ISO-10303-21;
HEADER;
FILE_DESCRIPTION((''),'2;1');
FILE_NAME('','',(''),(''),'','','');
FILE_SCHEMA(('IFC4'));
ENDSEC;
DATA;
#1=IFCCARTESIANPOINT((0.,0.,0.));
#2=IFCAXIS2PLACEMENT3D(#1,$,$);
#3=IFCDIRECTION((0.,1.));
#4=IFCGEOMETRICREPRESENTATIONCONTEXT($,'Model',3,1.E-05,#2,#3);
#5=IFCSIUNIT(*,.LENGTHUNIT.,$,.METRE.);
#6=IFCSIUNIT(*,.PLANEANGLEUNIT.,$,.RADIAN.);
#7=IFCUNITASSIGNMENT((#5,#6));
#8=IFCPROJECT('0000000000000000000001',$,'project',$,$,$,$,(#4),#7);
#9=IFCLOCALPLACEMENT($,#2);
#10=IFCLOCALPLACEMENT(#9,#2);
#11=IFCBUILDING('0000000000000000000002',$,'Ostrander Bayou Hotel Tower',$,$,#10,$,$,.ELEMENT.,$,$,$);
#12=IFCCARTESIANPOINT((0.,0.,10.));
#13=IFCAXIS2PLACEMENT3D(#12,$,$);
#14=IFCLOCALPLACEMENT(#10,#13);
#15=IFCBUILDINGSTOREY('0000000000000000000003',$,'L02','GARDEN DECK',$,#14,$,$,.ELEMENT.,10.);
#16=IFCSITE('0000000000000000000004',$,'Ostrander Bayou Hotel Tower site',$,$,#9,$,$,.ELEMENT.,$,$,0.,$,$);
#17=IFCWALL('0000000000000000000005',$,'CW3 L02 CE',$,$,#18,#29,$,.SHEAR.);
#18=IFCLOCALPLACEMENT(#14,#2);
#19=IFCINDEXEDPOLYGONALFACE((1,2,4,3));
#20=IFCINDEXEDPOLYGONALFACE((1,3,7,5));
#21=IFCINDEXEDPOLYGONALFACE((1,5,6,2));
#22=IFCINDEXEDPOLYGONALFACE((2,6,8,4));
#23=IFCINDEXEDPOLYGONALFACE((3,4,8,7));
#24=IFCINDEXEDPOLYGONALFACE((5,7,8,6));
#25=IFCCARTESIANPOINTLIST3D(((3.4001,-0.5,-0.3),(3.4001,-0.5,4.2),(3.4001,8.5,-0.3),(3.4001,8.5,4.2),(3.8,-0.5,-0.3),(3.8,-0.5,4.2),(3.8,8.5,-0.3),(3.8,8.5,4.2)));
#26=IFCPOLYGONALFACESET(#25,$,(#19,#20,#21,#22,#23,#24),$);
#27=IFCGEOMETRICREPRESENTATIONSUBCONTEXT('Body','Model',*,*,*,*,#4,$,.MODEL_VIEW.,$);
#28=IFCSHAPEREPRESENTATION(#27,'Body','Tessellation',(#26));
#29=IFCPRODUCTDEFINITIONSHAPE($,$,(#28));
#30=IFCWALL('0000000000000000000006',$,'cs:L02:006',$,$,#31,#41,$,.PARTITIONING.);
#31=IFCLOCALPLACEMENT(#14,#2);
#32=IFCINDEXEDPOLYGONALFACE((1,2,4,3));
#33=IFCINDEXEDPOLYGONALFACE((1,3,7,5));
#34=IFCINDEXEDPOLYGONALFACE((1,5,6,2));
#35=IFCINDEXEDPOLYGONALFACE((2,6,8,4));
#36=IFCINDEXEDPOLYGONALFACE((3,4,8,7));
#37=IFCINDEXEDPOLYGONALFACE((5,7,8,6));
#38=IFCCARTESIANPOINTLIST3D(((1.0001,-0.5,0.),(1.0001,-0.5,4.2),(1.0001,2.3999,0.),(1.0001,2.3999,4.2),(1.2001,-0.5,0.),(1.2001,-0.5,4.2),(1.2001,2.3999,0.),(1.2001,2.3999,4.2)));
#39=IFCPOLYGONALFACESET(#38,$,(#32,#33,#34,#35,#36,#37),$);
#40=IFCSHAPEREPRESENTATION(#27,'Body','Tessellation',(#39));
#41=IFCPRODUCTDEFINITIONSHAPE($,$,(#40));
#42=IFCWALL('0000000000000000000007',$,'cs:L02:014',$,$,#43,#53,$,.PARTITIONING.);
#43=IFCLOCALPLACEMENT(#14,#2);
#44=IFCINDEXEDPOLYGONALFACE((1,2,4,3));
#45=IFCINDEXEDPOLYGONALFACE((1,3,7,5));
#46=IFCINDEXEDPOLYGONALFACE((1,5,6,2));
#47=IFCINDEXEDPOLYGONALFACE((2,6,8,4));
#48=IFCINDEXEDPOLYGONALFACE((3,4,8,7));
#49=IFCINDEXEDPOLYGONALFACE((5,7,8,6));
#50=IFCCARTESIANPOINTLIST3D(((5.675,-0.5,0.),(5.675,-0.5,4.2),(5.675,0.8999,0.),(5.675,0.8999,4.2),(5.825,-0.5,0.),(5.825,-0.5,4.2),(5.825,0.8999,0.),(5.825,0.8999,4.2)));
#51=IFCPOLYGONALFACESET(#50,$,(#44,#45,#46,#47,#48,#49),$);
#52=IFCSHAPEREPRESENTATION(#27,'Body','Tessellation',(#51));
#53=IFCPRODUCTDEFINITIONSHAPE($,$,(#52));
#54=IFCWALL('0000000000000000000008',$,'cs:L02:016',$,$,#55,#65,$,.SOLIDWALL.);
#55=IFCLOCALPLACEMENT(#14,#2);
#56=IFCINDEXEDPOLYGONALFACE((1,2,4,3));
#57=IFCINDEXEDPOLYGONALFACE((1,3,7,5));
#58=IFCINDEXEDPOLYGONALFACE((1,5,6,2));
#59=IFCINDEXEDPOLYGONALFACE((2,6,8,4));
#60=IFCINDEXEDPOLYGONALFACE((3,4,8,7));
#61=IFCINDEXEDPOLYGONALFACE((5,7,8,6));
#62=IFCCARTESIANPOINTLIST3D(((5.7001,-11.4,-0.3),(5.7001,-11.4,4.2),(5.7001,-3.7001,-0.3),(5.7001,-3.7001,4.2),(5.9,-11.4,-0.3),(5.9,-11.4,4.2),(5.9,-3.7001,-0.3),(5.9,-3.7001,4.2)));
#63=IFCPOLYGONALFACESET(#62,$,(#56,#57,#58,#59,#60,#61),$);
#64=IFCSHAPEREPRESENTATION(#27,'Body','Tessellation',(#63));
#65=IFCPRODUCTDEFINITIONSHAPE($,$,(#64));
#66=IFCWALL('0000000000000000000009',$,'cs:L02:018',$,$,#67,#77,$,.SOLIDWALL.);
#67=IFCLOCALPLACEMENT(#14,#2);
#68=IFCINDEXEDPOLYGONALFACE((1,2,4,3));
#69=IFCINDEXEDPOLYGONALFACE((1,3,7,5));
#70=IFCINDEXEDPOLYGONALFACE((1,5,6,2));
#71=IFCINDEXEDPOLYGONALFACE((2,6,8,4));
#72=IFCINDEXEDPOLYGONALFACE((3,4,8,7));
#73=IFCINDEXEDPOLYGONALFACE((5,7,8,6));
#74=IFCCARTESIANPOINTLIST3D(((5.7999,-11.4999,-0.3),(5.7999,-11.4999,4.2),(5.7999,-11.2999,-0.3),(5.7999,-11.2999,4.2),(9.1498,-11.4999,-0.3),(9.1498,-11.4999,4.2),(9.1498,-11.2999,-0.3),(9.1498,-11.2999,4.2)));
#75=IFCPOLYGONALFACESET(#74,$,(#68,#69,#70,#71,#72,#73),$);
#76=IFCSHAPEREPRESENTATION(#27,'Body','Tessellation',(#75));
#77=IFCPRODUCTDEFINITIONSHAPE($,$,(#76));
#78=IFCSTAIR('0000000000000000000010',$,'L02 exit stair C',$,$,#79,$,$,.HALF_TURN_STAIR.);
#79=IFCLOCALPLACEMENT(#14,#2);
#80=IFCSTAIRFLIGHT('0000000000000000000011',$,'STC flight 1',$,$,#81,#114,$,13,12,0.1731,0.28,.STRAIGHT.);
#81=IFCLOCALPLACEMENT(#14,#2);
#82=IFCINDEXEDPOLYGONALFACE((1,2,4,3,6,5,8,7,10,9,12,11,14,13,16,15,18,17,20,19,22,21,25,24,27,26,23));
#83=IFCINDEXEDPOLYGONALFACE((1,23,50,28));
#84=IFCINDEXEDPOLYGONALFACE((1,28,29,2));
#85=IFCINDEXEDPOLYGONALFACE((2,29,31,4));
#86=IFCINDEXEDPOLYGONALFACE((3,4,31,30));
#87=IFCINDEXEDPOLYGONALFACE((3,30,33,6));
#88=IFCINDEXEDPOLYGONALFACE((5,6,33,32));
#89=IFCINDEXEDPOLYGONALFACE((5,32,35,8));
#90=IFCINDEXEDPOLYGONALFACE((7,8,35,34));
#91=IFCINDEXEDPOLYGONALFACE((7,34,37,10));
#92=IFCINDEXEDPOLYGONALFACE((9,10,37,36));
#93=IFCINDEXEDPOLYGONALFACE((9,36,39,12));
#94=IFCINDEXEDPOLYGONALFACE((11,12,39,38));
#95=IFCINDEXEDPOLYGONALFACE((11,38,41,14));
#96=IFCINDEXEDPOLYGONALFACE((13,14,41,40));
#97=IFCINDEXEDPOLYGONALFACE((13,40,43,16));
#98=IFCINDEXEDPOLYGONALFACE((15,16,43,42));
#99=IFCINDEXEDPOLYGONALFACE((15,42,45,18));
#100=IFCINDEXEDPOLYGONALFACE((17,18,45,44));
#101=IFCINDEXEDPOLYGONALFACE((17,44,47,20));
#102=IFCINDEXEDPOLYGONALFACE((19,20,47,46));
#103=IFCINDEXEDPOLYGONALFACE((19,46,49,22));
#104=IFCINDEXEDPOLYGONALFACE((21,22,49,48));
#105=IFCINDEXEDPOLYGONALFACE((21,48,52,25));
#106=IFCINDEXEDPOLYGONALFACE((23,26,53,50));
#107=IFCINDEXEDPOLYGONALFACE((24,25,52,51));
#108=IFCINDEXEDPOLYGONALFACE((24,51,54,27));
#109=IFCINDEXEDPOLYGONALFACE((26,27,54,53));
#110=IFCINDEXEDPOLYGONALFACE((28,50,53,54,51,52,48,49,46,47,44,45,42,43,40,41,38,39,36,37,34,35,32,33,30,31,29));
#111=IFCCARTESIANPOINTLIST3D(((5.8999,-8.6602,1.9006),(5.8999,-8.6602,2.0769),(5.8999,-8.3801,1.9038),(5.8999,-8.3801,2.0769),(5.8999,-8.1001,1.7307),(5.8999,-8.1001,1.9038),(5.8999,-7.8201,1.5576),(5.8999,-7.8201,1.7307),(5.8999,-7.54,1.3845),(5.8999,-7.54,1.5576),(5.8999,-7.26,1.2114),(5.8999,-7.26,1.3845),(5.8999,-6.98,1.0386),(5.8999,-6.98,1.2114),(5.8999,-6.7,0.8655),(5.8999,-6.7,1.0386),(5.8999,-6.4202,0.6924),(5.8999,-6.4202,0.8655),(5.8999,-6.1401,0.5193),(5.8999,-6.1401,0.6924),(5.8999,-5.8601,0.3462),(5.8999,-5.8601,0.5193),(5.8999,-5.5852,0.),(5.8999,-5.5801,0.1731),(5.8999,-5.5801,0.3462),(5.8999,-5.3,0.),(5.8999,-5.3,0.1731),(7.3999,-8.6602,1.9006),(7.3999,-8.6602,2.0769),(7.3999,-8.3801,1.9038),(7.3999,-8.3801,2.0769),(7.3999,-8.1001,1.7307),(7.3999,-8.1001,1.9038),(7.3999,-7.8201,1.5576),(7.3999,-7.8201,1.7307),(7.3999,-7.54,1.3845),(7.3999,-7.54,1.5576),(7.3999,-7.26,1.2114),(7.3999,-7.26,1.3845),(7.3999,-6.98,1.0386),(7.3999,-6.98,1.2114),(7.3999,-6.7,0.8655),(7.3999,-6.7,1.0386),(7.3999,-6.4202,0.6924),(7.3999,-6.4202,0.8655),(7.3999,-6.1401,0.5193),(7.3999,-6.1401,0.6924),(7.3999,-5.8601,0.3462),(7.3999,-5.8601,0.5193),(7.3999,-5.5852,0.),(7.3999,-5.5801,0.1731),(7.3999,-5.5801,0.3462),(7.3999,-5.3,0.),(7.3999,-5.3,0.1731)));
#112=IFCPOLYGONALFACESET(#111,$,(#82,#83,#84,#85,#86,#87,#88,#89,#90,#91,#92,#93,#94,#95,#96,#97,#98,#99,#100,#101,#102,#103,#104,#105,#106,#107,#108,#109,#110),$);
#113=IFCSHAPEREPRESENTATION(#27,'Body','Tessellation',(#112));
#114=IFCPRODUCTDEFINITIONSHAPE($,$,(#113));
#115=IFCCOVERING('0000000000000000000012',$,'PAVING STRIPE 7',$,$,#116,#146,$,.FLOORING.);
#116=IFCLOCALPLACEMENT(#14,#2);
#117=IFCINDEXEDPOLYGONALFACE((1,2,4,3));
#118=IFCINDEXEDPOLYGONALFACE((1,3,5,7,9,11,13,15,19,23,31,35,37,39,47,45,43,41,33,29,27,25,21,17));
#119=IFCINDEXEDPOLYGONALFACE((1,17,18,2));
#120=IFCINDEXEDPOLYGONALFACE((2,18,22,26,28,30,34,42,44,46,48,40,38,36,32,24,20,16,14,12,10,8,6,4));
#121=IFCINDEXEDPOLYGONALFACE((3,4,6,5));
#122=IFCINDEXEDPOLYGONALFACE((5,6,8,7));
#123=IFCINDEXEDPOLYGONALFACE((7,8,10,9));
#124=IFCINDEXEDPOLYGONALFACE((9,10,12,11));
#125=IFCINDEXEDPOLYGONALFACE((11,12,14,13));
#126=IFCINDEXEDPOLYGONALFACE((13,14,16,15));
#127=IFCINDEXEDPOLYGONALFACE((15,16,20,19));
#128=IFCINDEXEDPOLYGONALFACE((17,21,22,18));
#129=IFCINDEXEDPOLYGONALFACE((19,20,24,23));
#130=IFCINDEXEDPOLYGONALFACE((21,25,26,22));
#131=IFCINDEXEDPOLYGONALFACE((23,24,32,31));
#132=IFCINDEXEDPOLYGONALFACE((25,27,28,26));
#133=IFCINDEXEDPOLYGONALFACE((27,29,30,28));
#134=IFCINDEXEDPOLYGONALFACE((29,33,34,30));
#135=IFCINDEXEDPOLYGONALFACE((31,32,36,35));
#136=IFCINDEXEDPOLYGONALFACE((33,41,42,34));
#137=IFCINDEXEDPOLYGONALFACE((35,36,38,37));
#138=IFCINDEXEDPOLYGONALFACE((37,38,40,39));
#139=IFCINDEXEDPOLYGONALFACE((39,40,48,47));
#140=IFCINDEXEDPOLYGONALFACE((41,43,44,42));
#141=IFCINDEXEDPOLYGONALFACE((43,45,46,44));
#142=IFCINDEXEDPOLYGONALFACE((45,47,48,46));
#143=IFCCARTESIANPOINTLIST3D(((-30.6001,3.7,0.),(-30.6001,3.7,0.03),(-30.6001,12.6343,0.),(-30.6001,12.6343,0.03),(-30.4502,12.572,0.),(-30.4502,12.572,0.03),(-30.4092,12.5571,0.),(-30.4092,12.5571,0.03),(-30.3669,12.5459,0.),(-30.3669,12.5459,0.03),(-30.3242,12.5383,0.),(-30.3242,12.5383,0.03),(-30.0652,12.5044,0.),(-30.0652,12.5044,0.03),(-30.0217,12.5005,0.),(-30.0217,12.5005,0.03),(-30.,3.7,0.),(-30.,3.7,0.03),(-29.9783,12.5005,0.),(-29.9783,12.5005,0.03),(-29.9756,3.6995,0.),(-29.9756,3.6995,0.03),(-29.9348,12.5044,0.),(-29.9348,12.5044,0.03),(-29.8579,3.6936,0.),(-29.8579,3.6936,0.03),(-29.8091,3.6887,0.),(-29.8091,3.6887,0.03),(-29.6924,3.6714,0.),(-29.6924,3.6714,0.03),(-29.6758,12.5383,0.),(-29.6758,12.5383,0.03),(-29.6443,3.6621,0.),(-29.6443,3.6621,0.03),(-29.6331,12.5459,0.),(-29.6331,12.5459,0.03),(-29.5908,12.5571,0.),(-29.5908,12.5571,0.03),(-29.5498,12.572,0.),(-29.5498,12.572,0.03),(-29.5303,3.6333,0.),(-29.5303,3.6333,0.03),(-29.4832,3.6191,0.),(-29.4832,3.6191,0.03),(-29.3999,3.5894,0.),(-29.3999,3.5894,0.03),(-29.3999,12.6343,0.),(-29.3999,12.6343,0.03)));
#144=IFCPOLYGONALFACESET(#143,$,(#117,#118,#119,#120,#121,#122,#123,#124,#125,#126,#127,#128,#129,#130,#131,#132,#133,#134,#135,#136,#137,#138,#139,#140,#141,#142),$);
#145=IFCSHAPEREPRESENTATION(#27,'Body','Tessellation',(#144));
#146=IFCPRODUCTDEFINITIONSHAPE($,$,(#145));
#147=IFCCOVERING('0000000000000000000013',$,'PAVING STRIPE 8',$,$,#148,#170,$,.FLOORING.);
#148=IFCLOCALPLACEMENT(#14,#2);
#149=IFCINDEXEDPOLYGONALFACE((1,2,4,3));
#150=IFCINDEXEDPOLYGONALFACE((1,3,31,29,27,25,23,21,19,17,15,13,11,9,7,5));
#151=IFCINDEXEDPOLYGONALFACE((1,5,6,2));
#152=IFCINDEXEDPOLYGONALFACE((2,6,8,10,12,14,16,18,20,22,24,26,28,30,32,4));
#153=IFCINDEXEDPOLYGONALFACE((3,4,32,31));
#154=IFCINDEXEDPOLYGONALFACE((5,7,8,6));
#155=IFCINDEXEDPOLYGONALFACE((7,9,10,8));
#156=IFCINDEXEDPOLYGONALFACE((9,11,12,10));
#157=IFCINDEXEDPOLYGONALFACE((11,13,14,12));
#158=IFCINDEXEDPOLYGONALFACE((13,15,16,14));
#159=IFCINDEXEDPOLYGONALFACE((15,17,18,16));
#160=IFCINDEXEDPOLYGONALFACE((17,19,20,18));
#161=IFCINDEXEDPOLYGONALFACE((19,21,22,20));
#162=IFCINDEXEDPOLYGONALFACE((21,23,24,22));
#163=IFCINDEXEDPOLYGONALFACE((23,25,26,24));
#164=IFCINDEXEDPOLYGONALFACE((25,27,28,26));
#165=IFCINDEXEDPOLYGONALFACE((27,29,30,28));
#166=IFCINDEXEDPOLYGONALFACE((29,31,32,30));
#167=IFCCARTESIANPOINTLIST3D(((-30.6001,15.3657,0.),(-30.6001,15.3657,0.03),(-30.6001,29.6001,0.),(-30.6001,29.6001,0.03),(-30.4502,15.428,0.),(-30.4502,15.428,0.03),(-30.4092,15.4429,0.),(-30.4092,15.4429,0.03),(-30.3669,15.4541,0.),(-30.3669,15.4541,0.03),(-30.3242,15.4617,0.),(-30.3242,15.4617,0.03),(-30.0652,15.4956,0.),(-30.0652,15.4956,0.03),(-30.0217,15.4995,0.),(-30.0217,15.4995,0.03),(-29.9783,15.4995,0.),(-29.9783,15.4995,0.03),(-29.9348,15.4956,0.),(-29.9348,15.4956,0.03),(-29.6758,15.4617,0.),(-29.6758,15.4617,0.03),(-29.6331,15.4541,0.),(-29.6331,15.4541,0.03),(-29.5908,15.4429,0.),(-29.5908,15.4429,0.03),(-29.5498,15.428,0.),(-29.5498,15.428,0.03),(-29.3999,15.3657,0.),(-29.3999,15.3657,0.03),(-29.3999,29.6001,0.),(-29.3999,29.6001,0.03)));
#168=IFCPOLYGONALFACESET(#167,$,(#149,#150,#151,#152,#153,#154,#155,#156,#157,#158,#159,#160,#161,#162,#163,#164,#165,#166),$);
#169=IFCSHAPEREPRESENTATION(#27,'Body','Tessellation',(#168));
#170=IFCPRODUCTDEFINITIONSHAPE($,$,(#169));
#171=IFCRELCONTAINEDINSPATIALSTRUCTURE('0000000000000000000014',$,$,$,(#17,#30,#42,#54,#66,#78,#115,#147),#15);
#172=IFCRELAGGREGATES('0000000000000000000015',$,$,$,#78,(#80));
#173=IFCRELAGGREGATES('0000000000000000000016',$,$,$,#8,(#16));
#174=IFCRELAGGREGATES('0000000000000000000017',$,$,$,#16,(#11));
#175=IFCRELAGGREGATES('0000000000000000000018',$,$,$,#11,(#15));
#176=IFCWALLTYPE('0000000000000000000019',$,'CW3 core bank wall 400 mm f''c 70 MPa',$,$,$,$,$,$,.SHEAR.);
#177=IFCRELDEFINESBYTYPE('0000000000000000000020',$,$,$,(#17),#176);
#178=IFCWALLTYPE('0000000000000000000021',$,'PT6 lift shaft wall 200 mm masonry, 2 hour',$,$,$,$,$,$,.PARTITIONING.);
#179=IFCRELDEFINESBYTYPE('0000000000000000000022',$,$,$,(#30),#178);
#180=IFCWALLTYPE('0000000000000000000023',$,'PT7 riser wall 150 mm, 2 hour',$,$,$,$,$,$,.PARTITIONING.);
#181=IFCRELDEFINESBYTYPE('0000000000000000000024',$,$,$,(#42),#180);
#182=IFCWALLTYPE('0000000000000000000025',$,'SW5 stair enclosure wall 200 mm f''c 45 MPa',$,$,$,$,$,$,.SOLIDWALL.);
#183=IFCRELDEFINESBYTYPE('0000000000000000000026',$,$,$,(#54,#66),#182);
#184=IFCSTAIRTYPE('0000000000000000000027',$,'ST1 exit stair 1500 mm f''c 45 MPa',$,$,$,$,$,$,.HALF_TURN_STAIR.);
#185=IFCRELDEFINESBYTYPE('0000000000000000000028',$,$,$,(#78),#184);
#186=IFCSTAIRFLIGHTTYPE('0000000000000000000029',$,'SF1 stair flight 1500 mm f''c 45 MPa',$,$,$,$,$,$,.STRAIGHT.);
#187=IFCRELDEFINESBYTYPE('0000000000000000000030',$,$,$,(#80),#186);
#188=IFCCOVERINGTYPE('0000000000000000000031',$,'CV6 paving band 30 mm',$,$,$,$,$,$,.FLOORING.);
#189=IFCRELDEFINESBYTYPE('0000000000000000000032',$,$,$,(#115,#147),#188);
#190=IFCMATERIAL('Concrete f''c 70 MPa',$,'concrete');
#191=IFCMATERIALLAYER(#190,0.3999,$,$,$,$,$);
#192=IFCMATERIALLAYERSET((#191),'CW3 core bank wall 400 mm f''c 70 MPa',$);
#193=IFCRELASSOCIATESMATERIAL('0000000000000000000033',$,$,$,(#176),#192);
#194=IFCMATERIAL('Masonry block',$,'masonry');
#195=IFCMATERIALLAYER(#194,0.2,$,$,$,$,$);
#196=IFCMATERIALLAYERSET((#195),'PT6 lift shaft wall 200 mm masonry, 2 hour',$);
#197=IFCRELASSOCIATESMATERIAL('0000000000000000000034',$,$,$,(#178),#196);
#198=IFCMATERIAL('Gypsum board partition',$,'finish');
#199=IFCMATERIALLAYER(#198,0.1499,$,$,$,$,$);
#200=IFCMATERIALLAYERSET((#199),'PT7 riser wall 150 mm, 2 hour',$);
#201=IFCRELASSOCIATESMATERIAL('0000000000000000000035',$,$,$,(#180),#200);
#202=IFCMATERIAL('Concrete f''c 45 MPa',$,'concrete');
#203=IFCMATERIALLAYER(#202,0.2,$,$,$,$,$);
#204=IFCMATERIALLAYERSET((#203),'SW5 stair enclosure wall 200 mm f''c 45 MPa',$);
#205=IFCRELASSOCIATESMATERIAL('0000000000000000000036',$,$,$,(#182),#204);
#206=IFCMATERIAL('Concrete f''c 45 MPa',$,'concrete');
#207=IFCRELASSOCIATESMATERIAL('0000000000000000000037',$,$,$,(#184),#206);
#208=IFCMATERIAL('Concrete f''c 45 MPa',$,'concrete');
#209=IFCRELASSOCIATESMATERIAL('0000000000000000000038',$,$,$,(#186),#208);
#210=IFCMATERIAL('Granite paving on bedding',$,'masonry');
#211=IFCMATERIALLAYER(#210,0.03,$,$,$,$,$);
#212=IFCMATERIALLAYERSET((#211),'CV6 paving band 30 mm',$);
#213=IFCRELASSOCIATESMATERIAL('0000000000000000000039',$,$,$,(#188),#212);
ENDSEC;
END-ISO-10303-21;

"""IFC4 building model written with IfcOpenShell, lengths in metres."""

from ifc_helpers import new_model, si_unit, direction, frame, frame_2d, origin, place, context, subcontext, project, spatial, polyline, rectangle, outline, extrude, material, layer, layer_set, type_object, element, aggregate, save


model = new_model("IFC4")

# Units and contexts
model_context = context("Model", 3, precision=1e-05, world=origin(), true_north=direction((0.0, 1.0)))
body_context = subcontext(model_context, "Body", "Model", "MODEL_VIEW")
ifc_project = project(units=[si_unit("LENGTHUNIT", "METRE"), si_unit("PLANEANGLEUNIT", "RADIAN")], contexts=[model_context])

# Site, building, storey
site_placement = place(None, origin())
site = spatial("IfcSite", under=ifc_project, at=site_placement, Name="Ostrander Bayou Hotel Tower site", CompositionType="ELEMENT", RefElevation=0.0)
building_placement = place(site_placement, origin())
building = spatial("IfcBuilding", under=site, at=building_placement, Name="Ostrander Bayou Hotel Tower", CompositionType="ELEMENT")
storey_placement = place(building_placement, frame((0.0, 0.0, 10.0)))
storey = spatial("IfcBuildingStorey", under=building, at=storey_placement, Name="L02", Description="GARDEN DECK", CompositionType="ELEMENT", Elevation=10.0)

# Walls
ifc_material_1 = material(Name="Concrete f'c 70 MPa", Category="concrete")
ifc_layer_1 = layer(ifc_material_1, 0.3999)
ifc_layer_set_1 = layer_set([ifc_layer_1], Name="CW3 core bank wall 400 mm f'c 70 MPa")
wall_type_1 = type_object("IfcWallType", Name="CW3 core bank wall 400 mm f'c 70 MPa", PredefinedType="SHEAR", material=ifc_layer_set_1)
wall_1_placement = place(storey_placement, frame((3.6001, -0.5, -0.3), z_axis=(0.0, 0.0, 1.0), x_axis=(0.0, 1.0, 0.0)))
element("IfcWall", 1, at=wall_1_placement, inside=storey, type_object=wall_type_1, Name="CW3 L02 CE", PredefinedType="SHEAR", context=body_context, shape_type="SweptSolid", body=[
    extrude(rectangle(XDim=9.0, YDim=0.3999, at=frame_2d((4.5, 0.0))), origin(), (0.0, 0.0, 1.0), 4.5),
])
ifc_material_2 = material(Name="Masonry block", Category="masonry")
ifc_layer_2 = layer(ifc_material_2, 0.2)
ifc_layer_set_2 = layer_set([ifc_layer_2], Name="PT6 lift shaft wall 200 mm masonry, 2 hour")
wall_type_2 = type_object("IfcWallType", Name="PT6 lift shaft wall 200 mm masonry, 2 hour", PredefinedType="PARTITIONING", material=ifc_layer_set_2)
wall_2_placement = place(storey_placement, frame((1.1001, -0.5, 0.0), z_axis=(0.0, 0.0, 1.0), x_axis=(0.0, 1.0, 0.0)))
element("IfcWall", 2, at=wall_2_placement, inside=storey, type_object=wall_type_2, Name="cs:L02:006", PredefinedType="PARTITIONING", context=body_context, shape_type="SweptSolid", body=[
    extrude(rectangle(XDim=2.8999, YDim=0.2, at=frame_2d((1.45, 0.0))), origin(), (0.0, 0.0, 1.0), 4.2),
])
ifc_material_3 = material(Name="Gypsum board partition", Category="finish")
ifc_layer_3 = layer(ifc_material_3, 0.1499)
ifc_layer_set_3 = layer_set([ifc_layer_3], Name="PT7 riser wall 150 mm, 2 hour")
wall_type_3 = type_object("IfcWallType", Name="PT7 riser wall 150 mm, 2 hour", PredefinedType="PARTITIONING", material=ifc_layer_set_3)
wall_3_placement = place(storey_placement, frame((5.75, -0.5, 0.0), z_axis=(0.0, 0.0, 1.0), x_axis=(0.0, 1.0, 0.0)))
element("IfcWall", 3, at=wall_3_placement, inside=storey, type_object=wall_type_3, Name="cs:L02:014", PredefinedType="PARTITIONING", context=body_context, shape_type="SweptSolid", body=[
    extrude(rectangle(XDim=1.3999, YDim=0.1499, at=frame_2d((0.7, 0.0))), origin(), (0.0, 0.0, 1.0), 4.2),
])

# Shared definitions
ifc_material_4 = material(Name="Concrete f'c 45 MPa", Category="concrete")
ifc_layer_4 = layer(ifc_material_4, 0.2)
ifc_layer_set_4 = layer_set([ifc_layer_4], Name="SW5 stair enclosure wall 200 mm f'c 45 MPa")
wall_type_4 = type_object("IfcWallType", Name="SW5 stair enclosure wall 200 mm f'c 45 MPa", PredefinedType="SOLIDWALL", material=ifc_layer_set_4)

# Walls
wall_4_placement = place(storey_placement, frame((5.8, -3.7, -0.3), z_axis=(0.0, 0.0, 1.0), x_axis=(0.0, -1.0, 0.0)))
element("IfcWall", 4, at=wall_4_placement, inside=storey, type_object=wall_type_4, Name="cs:L02:016", PredefinedType="SOLIDWALL", context=body_context, shape_type="SweptSolid", body=[
    extrude(rectangle(XDim=7.7, YDim=0.2, at=frame_2d((3.8501, 0.0))), origin(), (0.0, 0.0, 1.0), 4.5),
])
wall_5_placement = place(storey_placement, frame((5.8, -11.3999, -0.3), z_axis=(0.0, 0.0, 1.0), x_axis=(1.0, 0.0, 0.0)))
element("IfcWall", 5, at=wall_5_placement, inside=storey, type_object=wall_type_4, Name="cs:L02:018", PredefinedType="SOLIDWALL", context=body_context, shape_type="SweptSolid", body=[
    extrude(rectangle(XDim=3.3499, YDim=0.2, at=frame_2d((1.6748, 0.0))), origin(), (0.0, 0.0, 1.0), 4.5),
])

# Stair, stair flight
ifc_material_5 = material(Name="Concrete f'c 45 MPa", Category="concrete")
stair_type = type_object("IfcStairType", Name="ST1 exit stair 1500 mm f'c 45 MPa", PredefinedType="HALF_TURN_STAIR", material=ifc_material_5)
stair_placement = place(storey_placement, origin())
stair = element("IfcStair", 6, at=stair_placement, inside=storey, type_object=stair_type, Name="L02 exit stair C", PredefinedType="HALF_TURN_STAIR")
ifc_material_6 = material(Name="Concrete f'c 45 MPa", Category="concrete")
stair_flight_type = type_object("IfcStairFlightType", Name="SF1 stair flight 1500 mm f'c 45 MPa", PredefinedType="STRAIGHT", material=ifc_material_6)
stair_flight_placement = place(storey_placement, frame((6.6499, -5.3, 0.0), z_axis=(0.0, 0.0, 1.0), x_axis=(0.0, -1.0, 0.0)))
stair_flight = element("IfcStairFlight", 7, at=stair_flight_placement, type_object=stair_flight_type, Name="STC flight 1", NumberOfRisers=13, NumberOfTreads=12, PredefinedType="STRAIGHT", RiserHeight=0.1731, TreadLength=0.28, context=body_context, shape_type="SweptSolid", body=[
    extrude(outline(polyline([(0.0, 0.0), (0.0, 0.1731), (0.28, 0.1731), (0.28, 0.3462), (0.5601, 0.3462), (0.5601, 0.5193), (0.8401, 0.5193), (0.8401, 0.6924), (1.1201, 0.6924), (1.1201, 0.8655), (1.3999, 0.8655), (1.3999, 1.0386), (1.6799, 1.0386), (1.6799, 1.2114), (1.96, 1.2114), (1.96, 1.3845), (2.24, 1.3845), (2.24, 1.5576), (2.52, 1.5576), (2.52, 1.7307), (2.8, 1.7307), (2.8, 1.9038), (3.0801, 1.9038), (3.0801, 2.0769), (3.3601, 2.0769), (3.3601, 2.25), (3.3601, 1.9006), (0.2852, 0.0), (0.0, 0.0)])), frame((0.0, 0.75, 0.0), z_axis=(0.0, -1.0, 0.0), x_axis=(1.0, 0.0, 0.0)), (0.0, 0.0, 1.0), 1.5),
])
aggregate(stair, [stair_flight])

# Coverings
ifc_material_7 = material(Name="Granite paving on bedding", Category="masonry")
ifc_layer_5 = layer(ifc_material_7, 0.03)
ifc_layer_set_5 = layer_set([ifc_layer_5], Name="CV6 paving band 30 mm")
covering_type = type_object("IfcCoveringType", Name="CV6 paving band 30 mm", PredefinedType="FLOORING", material=ifc_layer_set_5)
covering_1_placement = place(storey_placement, origin())
element("IfcCovering", 8, at=covering_1_placement, inside=storey, type_object=covering_type, Name="PAVING STRIPE 7", PredefinedType="FLOORING", context=body_context, shape_type="SweptSolid", body=[
    extrude(outline(polyline([(-30.6001, 12.6343), (-30.4502, 12.572), (-30.4092, 12.5571), (-30.3669, 12.5459), (-30.3242, 12.5383), (-30.0652, 12.5044), (-30.0217, 12.5005), (-29.9783, 12.5005), (-29.9348, 12.5044), (-29.6758, 12.5383), (-29.6331, 12.5459), (-29.5908, 12.5571), (-29.5498, 12.572), (-29.3999, 12.6343), (-29.3999, 3.5894), (-29.4832, 3.6191), (-29.5303, 3.6333), (-29.6443, 3.6621), (-29.6924, 3.6714), (-29.8091, 3.6887), (-29.8579, 3.6936), (-29.9756, 3.6995), (-30.0, 3.7), (-30.6001, 3.7), (-30.6001, 12.6343)])), origin(), (0.0, 0.0, 1.0), 0.03),
])
covering_2_placement = place(storey_placement, origin())
element("IfcCovering", 9, at=covering_2_placement, inside=storey, type_object=covering_type, Name="PAVING STRIPE 8", PredefinedType="FLOORING", context=body_context, shape_type="SweptSolid", body=[
    extrude(outline(polyline([(-30.6001, 29.6001), (-29.3999, 29.6001), (-29.3999, 15.3657), (-29.5498, 15.428), (-29.5908, 15.4429), (-29.6331, 15.4541), (-29.6758, 15.4617), (-29.9348, 15.4956), (-29.9783, 15.4995), (-30.0217, 15.4995), (-30.0652, 15.4956), (-30.3242, 15.4617), (-30.3669, 15.4541), (-30.4092, 15.4429), (-30.4502, 15.428), (-30.6001, 15.3657), (-30.6001, 29.6001)])), origin(), (0.0, 0.0, 1.0), 0.03),
])

save(model, "model.ifc")
